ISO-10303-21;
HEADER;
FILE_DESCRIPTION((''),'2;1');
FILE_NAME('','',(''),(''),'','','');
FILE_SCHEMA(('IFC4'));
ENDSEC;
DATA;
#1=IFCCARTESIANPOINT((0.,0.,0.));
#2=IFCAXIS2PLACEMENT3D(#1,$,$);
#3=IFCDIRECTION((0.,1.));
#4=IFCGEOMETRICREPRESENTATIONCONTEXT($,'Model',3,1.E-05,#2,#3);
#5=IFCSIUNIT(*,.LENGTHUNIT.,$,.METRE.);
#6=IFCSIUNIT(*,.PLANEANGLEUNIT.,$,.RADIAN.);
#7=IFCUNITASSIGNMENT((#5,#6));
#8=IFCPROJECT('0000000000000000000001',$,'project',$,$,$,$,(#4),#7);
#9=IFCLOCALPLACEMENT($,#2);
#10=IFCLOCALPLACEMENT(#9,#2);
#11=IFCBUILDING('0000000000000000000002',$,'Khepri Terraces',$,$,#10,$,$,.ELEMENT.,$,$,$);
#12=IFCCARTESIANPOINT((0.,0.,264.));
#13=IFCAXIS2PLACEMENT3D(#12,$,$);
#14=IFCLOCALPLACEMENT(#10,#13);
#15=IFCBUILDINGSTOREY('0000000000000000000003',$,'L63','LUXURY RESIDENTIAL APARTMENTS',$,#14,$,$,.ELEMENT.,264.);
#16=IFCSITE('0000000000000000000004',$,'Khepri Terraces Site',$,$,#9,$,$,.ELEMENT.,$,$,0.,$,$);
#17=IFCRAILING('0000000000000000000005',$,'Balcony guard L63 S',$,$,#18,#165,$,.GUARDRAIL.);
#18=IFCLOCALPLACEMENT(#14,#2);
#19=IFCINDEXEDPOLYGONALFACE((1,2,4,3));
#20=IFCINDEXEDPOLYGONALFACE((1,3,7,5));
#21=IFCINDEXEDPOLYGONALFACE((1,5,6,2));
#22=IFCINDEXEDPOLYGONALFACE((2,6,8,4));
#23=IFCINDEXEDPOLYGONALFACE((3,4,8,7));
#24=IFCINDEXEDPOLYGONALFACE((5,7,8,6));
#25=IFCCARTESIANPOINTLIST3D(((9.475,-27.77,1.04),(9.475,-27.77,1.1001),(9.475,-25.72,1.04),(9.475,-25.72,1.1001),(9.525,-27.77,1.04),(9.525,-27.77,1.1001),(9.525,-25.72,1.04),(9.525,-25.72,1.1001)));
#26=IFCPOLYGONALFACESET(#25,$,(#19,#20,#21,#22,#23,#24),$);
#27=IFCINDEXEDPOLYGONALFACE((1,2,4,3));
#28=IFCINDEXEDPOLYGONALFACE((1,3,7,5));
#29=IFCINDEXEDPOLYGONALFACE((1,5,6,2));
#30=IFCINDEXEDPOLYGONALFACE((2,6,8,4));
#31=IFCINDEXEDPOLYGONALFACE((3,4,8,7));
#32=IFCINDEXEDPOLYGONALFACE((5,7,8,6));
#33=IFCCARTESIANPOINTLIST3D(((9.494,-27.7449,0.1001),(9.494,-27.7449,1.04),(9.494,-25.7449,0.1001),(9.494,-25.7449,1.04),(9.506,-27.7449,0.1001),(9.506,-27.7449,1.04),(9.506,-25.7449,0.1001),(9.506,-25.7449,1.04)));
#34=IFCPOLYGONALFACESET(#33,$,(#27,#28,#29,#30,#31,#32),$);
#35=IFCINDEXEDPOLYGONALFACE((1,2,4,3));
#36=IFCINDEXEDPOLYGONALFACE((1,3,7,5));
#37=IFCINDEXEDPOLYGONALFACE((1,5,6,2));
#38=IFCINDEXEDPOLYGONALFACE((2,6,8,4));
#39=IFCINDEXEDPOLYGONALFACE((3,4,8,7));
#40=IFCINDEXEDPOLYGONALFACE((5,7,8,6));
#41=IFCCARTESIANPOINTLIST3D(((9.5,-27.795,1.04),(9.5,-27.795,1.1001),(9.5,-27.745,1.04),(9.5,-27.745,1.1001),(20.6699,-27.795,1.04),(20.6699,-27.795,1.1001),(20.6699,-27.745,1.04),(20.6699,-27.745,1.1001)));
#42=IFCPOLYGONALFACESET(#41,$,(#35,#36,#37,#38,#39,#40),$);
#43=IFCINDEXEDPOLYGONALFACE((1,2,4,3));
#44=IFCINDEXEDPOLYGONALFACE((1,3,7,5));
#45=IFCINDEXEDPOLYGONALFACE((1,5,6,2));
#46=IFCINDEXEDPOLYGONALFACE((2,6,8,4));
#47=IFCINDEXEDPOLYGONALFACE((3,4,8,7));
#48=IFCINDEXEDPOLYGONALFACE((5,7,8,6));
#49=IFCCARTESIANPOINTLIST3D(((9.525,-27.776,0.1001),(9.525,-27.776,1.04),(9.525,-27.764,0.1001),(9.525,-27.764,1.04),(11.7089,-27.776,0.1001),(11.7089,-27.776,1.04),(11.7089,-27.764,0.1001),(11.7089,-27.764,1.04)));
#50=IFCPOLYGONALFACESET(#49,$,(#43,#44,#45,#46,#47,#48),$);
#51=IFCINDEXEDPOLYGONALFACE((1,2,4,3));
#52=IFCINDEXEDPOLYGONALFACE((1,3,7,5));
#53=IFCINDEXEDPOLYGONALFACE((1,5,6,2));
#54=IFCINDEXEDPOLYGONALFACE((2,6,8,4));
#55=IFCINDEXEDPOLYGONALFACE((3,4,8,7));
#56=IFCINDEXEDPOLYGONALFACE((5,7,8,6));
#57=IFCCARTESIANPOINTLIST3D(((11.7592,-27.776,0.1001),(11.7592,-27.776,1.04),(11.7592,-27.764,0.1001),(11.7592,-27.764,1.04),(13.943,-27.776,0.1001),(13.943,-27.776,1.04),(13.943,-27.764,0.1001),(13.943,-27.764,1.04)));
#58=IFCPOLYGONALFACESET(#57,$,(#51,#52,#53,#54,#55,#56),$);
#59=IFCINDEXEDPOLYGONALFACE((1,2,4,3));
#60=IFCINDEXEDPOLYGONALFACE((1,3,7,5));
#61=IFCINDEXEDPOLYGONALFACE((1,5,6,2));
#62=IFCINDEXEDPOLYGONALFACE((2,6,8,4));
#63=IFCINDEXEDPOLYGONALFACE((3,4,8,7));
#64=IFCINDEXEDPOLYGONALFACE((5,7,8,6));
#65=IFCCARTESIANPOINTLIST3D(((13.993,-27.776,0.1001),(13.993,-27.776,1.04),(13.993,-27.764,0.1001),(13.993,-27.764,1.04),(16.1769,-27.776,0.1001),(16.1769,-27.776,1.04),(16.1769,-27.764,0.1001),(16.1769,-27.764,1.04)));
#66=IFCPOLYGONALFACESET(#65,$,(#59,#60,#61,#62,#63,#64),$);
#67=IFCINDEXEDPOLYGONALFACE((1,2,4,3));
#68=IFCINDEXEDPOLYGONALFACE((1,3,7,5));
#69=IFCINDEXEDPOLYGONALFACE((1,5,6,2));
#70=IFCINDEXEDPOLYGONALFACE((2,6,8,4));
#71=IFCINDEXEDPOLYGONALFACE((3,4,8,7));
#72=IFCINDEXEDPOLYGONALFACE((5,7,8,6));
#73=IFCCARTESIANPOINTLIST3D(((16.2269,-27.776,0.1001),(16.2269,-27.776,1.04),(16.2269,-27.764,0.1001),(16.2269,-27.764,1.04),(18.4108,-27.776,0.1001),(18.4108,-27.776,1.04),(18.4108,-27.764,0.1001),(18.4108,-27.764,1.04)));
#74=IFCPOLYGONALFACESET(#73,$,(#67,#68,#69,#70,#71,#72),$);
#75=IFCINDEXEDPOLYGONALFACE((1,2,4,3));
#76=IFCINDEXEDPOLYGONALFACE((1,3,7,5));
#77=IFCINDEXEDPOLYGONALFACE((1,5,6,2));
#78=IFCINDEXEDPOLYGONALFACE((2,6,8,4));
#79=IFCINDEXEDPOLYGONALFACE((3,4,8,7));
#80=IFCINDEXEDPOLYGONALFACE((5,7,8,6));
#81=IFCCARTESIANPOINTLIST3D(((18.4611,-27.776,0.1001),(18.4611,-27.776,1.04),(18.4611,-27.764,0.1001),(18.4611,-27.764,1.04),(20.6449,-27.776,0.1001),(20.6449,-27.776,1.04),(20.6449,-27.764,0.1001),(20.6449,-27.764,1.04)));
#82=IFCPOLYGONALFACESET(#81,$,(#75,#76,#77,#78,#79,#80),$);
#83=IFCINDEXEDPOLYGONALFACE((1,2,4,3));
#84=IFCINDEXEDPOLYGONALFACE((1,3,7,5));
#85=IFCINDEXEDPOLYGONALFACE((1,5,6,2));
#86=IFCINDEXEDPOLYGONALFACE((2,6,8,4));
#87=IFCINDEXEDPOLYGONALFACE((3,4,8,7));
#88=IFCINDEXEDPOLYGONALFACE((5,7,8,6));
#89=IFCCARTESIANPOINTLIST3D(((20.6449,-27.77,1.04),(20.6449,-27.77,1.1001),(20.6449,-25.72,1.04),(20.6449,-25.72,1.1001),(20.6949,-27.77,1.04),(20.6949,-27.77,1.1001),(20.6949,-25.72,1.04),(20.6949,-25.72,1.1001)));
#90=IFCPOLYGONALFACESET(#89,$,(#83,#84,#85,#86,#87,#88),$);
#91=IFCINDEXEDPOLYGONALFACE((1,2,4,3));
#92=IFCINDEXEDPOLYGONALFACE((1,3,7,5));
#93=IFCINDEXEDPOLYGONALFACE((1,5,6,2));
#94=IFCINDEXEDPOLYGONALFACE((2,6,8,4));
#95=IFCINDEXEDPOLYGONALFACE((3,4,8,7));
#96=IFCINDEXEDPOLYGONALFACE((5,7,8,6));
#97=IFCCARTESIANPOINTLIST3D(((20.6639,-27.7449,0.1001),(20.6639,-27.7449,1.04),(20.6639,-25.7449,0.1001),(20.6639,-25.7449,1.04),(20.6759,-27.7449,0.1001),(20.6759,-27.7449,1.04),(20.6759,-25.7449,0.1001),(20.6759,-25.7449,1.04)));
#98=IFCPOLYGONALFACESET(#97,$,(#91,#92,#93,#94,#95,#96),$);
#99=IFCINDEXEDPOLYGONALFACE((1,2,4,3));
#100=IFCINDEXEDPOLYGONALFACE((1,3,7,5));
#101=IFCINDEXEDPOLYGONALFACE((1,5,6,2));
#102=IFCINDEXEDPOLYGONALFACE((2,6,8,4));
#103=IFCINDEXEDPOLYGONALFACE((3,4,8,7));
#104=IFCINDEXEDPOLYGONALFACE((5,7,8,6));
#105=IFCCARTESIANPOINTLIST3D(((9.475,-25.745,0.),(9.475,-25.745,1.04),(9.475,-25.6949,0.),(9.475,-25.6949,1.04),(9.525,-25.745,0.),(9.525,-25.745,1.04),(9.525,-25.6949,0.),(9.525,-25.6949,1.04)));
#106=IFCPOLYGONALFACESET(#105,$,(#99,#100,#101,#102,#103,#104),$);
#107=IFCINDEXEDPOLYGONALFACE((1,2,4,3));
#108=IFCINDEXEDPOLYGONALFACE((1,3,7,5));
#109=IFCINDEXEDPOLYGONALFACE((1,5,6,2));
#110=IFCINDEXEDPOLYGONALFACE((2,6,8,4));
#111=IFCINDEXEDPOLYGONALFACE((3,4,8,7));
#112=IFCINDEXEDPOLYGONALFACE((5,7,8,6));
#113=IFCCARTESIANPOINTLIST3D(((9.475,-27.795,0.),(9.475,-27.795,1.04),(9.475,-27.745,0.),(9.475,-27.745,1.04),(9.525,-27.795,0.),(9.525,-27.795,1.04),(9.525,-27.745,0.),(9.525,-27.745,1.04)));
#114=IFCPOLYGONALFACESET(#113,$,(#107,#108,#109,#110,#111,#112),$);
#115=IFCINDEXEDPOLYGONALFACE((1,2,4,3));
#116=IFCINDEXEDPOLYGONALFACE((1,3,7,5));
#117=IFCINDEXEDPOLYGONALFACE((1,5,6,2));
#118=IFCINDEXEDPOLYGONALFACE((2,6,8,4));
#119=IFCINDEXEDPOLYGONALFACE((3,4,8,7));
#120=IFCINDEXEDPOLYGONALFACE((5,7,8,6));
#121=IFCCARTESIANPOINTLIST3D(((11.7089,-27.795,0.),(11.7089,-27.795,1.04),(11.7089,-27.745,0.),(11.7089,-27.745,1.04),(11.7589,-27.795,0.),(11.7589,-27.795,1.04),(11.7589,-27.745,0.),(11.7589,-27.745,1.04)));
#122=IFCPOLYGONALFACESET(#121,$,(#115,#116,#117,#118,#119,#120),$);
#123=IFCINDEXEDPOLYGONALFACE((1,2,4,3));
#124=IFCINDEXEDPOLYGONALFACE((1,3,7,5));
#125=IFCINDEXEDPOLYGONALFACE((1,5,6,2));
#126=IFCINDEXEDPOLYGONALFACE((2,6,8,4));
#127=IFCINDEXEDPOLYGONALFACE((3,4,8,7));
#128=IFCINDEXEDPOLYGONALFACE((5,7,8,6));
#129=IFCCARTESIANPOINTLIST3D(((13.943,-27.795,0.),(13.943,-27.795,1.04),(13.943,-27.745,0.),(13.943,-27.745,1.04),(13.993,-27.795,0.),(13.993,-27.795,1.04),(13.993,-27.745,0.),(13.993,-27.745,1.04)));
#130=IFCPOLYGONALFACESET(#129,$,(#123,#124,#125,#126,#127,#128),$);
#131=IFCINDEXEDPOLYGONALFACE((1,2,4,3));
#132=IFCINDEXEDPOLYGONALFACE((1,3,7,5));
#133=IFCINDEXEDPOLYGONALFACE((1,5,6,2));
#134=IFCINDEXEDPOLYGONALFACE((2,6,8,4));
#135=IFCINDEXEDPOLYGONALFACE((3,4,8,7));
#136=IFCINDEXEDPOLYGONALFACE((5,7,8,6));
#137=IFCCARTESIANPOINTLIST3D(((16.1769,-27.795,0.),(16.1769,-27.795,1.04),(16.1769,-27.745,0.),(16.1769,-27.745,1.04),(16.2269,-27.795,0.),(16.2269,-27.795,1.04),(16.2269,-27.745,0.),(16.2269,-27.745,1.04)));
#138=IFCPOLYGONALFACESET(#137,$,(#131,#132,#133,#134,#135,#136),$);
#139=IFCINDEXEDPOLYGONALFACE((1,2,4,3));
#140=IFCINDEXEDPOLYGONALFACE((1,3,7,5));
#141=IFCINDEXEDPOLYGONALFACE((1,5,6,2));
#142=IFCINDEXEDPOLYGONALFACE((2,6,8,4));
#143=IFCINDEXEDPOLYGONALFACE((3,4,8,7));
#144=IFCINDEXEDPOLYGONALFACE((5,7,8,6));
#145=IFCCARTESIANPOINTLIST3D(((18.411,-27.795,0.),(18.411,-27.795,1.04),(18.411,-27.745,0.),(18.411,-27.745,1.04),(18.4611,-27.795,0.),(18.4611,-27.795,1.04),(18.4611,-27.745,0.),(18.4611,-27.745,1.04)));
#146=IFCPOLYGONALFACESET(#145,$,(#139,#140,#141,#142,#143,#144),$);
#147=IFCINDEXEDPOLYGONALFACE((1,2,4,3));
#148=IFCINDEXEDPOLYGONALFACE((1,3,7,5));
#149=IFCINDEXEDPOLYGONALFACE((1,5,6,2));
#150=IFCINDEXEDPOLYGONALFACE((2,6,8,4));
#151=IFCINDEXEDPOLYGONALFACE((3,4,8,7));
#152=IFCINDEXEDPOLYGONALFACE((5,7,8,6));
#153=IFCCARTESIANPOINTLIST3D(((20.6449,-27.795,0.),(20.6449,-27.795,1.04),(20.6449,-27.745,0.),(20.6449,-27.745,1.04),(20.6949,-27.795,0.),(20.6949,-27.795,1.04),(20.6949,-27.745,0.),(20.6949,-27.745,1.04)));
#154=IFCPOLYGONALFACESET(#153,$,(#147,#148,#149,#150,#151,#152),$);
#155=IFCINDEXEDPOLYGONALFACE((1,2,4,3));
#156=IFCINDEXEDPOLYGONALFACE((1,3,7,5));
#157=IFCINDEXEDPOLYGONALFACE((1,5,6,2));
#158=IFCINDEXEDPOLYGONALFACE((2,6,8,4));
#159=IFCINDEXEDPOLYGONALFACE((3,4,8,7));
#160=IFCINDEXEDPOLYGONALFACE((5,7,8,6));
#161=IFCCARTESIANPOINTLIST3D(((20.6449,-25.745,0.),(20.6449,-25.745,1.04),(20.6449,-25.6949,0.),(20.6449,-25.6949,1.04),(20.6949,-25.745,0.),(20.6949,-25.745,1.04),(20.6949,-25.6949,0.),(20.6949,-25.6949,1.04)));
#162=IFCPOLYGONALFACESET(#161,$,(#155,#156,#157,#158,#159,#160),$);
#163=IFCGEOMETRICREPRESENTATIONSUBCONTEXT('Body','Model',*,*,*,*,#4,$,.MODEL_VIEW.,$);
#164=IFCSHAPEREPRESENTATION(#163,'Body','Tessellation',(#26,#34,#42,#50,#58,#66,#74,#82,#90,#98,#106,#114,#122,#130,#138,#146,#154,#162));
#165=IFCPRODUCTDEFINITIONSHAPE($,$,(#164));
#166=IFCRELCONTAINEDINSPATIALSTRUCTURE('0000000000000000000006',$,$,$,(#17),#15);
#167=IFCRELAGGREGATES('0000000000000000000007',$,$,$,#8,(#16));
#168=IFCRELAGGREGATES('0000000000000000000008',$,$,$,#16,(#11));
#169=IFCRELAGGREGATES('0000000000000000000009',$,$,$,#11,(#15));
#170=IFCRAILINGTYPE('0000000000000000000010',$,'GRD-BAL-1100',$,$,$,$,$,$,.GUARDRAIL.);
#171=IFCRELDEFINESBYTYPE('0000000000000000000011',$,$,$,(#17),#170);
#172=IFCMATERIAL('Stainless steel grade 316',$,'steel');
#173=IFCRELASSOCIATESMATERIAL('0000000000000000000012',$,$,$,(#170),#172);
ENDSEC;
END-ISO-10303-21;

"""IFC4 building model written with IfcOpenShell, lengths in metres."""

from ifc_helpers import new_model, si_unit, direction, frame, origin, origin_2d, place, context, subcontext, project, spatial, rectangle, extrude, material, type_object, element, save


model = new_model("IFC4")

# Units and contexts
model_context = context("Model", 3, precision=1e-05, world=origin(), true_north=direction((0.0, 1.0)))
body_context = subcontext(model_context, "Body", "Model", "MODEL_VIEW")
ifc_project = project(units=[si_unit("LENGTHUNIT", "METRE"), si_unit("PLANEANGLEUNIT", "RADIAN")], contexts=[model_context])

# Site, building, storey
site_placement = place(None, origin())
site = spatial("IfcSite", under=ifc_project, at=site_placement, Name="Khepri Terraces Site", CompositionType="ELEMENT", RefElevation=0.0)
building_placement = place(site_placement, origin())
building = spatial("IfcBuilding", under=site, at=building_placement, Name="Khepri Terraces", CompositionType="ELEMENT")
storey_placement = place(building_placement, frame((0.0, 0.0, 264.0)))
storey = spatial("IfcBuildingStorey", under=building, at=storey_placement, Name="L63", Description="LUXURY RESIDENTIAL APARTMENTS", CompositionType="ELEMENT", Elevation=264.0)

# Railing
ifc_material_1 = material(Name="Stainless steel grade 316", Category="steel")
railing_type = type_object("IfcRailingType", Name="GRD-BAL-1100", PredefinedType="GUARDRAIL", material=ifc_material_1)
railing_1_placement = place(storey_placement, frame((9.5, -25.72, 0.0)))
element("IfcRailing", 1, at=railing_1_placement, inside=storey, type_object=railing_type, Name="Balcony guard L63 S", PredefinedType="GUARDRAIL", context=body_context, shape_type="SweptSolid", body=[
    extrude(rectangle(XDim=0.05, YDim=0.0601, at=origin_2d()), frame((0.0, 0.0, 1.0701), z_axis=(0.0, -1.0, 0.0), x_axis=(1.0, 0.0, 0.0)), (0.0, 0.0, 1.0), 2.05),
    extrude(rectangle(XDim=2.0, YDim=0.012, at=origin_2d()), frame((0.0, -1.0249, 0.1001), z_axis=(0.0, 0.0, 1.0), x_axis=(0.0, -1.0, 0.0)), (0.0, 0.0, 1.0), 0.9399),
    extrude(rectangle(XDim=0.05, YDim=0.0601, at=origin_2d()), frame((0.0, -2.05, 1.0701), z_axis=(1.0, 0.0, 0.0), x_axis=(0.0, 1.0, 0.0)), (0.0, 0.0, 1.0), 11.1699),
    extrude(rectangle(XDim=2.1838, YDim=0.012, at=origin_2d()), frame((1.1169, -2.05, 0.1001), z_axis=(0.0, 0.0, 1.0), x_axis=(1.0, 0.0, 0.0)), (0.0, 0.0, 1.0), 0.9399),
    extrude(rectangle(XDim=2.1838, YDim=0.012, at=origin_2d()), frame((3.3511, -2.05, 0.1001), z_axis=(0.0, 0.0, 1.0), x_axis=(1.0, 0.0, 0.0)), (0.0, 0.0, 1.0), 0.9399),
    extrude(rectangle(XDim=2.1838, YDim=0.012, at=origin_2d()), frame((5.585, -2.05, 0.1001), z_axis=(0.0, 0.0, 1.0), x_axis=(1.0, 0.0, 0.0)), (0.0, 0.0, 1.0), 0.9399),
    extrude(rectangle(XDim=2.1838, YDim=0.012, at=origin_2d()), frame((7.8188, -2.05, 0.1001), z_axis=(0.0, 0.0, 1.0), x_axis=(1.0, 0.0, 0.0)), (0.0, 0.0, 1.0), 0.9399),
    extrude(rectangle(XDim=2.1838, YDim=0.012, at=origin_2d()), frame((10.053, -2.05, 0.1001), z_axis=(0.0, 0.0, 1.0), x_axis=(1.0, 0.0, 0.0)), (0.0, 0.0, 1.0), 0.9399),
    extrude(rectangle(XDim=0.05, YDim=0.0601, at=origin_2d()), frame((11.1699, -2.05, 1.0701), z_axis=(0.0, 1.0, 0.0), x_axis=(-1.0, 0.0, 0.0)), (0.0, 0.0, 1.0), 2.05),
    extrude(rectangle(XDim=2.0, YDim=0.012, at=origin_2d()), frame((11.1699, -1.0249, 0.1001), z_axis=(0.0, 0.0, 1.0), x_axis=(0.0, 1.0, 0.0)), (0.0, 0.0, 1.0), 0.9399),
    extrude(rectangle(XDim=0.05, YDim=0.05, at=origin_2d()), origin(), (0.0, 0.0, 1.0), 1.04),
    extrude(rectangle(XDim=0.05, YDim=0.05, at=origin_2d()), frame((0.0, -2.05, 0.0)), (0.0, 0.0, 1.0), 1.04),
    extrude(rectangle(XDim=0.05, YDim=0.05, at=origin_2d()), frame((2.2339, -2.05, 0.0)), (0.0, 0.0, 1.0), 1.04),
    extrude(rectangle(XDim=0.05, YDim=0.05, at=origin_2d()), frame((4.468, -2.05, 0.0)), (0.0, 0.0, 1.0), 1.04),
    extrude(rectangle(XDim=0.05, YDim=0.05, at=origin_2d()), frame((6.7019, -2.05, 0.0)), (0.0, 0.0, 1.0), 1.04),
    extrude(rectangle(XDim=0.05, YDim=0.05, at=origin_2d()), frame((8.936, -2.05, 0.0)), (0.0, 0.0, 1.0), 1.04),
    extrude(rectangle(XDim=0.05, YDim=0.05, at=origin_2d()), frame((11.1699, -2.05, 0.0)), (0.0, 0.0, 1.0), 1.04),
    extrude(rectangle(XDim=0.05, YDim=0.05, at=origin_2d()), frame((11.1699, 0.0, 0.0)), (0.0, 0.0, 1.0), 1.04),
])

save(model, "model.ifc")
